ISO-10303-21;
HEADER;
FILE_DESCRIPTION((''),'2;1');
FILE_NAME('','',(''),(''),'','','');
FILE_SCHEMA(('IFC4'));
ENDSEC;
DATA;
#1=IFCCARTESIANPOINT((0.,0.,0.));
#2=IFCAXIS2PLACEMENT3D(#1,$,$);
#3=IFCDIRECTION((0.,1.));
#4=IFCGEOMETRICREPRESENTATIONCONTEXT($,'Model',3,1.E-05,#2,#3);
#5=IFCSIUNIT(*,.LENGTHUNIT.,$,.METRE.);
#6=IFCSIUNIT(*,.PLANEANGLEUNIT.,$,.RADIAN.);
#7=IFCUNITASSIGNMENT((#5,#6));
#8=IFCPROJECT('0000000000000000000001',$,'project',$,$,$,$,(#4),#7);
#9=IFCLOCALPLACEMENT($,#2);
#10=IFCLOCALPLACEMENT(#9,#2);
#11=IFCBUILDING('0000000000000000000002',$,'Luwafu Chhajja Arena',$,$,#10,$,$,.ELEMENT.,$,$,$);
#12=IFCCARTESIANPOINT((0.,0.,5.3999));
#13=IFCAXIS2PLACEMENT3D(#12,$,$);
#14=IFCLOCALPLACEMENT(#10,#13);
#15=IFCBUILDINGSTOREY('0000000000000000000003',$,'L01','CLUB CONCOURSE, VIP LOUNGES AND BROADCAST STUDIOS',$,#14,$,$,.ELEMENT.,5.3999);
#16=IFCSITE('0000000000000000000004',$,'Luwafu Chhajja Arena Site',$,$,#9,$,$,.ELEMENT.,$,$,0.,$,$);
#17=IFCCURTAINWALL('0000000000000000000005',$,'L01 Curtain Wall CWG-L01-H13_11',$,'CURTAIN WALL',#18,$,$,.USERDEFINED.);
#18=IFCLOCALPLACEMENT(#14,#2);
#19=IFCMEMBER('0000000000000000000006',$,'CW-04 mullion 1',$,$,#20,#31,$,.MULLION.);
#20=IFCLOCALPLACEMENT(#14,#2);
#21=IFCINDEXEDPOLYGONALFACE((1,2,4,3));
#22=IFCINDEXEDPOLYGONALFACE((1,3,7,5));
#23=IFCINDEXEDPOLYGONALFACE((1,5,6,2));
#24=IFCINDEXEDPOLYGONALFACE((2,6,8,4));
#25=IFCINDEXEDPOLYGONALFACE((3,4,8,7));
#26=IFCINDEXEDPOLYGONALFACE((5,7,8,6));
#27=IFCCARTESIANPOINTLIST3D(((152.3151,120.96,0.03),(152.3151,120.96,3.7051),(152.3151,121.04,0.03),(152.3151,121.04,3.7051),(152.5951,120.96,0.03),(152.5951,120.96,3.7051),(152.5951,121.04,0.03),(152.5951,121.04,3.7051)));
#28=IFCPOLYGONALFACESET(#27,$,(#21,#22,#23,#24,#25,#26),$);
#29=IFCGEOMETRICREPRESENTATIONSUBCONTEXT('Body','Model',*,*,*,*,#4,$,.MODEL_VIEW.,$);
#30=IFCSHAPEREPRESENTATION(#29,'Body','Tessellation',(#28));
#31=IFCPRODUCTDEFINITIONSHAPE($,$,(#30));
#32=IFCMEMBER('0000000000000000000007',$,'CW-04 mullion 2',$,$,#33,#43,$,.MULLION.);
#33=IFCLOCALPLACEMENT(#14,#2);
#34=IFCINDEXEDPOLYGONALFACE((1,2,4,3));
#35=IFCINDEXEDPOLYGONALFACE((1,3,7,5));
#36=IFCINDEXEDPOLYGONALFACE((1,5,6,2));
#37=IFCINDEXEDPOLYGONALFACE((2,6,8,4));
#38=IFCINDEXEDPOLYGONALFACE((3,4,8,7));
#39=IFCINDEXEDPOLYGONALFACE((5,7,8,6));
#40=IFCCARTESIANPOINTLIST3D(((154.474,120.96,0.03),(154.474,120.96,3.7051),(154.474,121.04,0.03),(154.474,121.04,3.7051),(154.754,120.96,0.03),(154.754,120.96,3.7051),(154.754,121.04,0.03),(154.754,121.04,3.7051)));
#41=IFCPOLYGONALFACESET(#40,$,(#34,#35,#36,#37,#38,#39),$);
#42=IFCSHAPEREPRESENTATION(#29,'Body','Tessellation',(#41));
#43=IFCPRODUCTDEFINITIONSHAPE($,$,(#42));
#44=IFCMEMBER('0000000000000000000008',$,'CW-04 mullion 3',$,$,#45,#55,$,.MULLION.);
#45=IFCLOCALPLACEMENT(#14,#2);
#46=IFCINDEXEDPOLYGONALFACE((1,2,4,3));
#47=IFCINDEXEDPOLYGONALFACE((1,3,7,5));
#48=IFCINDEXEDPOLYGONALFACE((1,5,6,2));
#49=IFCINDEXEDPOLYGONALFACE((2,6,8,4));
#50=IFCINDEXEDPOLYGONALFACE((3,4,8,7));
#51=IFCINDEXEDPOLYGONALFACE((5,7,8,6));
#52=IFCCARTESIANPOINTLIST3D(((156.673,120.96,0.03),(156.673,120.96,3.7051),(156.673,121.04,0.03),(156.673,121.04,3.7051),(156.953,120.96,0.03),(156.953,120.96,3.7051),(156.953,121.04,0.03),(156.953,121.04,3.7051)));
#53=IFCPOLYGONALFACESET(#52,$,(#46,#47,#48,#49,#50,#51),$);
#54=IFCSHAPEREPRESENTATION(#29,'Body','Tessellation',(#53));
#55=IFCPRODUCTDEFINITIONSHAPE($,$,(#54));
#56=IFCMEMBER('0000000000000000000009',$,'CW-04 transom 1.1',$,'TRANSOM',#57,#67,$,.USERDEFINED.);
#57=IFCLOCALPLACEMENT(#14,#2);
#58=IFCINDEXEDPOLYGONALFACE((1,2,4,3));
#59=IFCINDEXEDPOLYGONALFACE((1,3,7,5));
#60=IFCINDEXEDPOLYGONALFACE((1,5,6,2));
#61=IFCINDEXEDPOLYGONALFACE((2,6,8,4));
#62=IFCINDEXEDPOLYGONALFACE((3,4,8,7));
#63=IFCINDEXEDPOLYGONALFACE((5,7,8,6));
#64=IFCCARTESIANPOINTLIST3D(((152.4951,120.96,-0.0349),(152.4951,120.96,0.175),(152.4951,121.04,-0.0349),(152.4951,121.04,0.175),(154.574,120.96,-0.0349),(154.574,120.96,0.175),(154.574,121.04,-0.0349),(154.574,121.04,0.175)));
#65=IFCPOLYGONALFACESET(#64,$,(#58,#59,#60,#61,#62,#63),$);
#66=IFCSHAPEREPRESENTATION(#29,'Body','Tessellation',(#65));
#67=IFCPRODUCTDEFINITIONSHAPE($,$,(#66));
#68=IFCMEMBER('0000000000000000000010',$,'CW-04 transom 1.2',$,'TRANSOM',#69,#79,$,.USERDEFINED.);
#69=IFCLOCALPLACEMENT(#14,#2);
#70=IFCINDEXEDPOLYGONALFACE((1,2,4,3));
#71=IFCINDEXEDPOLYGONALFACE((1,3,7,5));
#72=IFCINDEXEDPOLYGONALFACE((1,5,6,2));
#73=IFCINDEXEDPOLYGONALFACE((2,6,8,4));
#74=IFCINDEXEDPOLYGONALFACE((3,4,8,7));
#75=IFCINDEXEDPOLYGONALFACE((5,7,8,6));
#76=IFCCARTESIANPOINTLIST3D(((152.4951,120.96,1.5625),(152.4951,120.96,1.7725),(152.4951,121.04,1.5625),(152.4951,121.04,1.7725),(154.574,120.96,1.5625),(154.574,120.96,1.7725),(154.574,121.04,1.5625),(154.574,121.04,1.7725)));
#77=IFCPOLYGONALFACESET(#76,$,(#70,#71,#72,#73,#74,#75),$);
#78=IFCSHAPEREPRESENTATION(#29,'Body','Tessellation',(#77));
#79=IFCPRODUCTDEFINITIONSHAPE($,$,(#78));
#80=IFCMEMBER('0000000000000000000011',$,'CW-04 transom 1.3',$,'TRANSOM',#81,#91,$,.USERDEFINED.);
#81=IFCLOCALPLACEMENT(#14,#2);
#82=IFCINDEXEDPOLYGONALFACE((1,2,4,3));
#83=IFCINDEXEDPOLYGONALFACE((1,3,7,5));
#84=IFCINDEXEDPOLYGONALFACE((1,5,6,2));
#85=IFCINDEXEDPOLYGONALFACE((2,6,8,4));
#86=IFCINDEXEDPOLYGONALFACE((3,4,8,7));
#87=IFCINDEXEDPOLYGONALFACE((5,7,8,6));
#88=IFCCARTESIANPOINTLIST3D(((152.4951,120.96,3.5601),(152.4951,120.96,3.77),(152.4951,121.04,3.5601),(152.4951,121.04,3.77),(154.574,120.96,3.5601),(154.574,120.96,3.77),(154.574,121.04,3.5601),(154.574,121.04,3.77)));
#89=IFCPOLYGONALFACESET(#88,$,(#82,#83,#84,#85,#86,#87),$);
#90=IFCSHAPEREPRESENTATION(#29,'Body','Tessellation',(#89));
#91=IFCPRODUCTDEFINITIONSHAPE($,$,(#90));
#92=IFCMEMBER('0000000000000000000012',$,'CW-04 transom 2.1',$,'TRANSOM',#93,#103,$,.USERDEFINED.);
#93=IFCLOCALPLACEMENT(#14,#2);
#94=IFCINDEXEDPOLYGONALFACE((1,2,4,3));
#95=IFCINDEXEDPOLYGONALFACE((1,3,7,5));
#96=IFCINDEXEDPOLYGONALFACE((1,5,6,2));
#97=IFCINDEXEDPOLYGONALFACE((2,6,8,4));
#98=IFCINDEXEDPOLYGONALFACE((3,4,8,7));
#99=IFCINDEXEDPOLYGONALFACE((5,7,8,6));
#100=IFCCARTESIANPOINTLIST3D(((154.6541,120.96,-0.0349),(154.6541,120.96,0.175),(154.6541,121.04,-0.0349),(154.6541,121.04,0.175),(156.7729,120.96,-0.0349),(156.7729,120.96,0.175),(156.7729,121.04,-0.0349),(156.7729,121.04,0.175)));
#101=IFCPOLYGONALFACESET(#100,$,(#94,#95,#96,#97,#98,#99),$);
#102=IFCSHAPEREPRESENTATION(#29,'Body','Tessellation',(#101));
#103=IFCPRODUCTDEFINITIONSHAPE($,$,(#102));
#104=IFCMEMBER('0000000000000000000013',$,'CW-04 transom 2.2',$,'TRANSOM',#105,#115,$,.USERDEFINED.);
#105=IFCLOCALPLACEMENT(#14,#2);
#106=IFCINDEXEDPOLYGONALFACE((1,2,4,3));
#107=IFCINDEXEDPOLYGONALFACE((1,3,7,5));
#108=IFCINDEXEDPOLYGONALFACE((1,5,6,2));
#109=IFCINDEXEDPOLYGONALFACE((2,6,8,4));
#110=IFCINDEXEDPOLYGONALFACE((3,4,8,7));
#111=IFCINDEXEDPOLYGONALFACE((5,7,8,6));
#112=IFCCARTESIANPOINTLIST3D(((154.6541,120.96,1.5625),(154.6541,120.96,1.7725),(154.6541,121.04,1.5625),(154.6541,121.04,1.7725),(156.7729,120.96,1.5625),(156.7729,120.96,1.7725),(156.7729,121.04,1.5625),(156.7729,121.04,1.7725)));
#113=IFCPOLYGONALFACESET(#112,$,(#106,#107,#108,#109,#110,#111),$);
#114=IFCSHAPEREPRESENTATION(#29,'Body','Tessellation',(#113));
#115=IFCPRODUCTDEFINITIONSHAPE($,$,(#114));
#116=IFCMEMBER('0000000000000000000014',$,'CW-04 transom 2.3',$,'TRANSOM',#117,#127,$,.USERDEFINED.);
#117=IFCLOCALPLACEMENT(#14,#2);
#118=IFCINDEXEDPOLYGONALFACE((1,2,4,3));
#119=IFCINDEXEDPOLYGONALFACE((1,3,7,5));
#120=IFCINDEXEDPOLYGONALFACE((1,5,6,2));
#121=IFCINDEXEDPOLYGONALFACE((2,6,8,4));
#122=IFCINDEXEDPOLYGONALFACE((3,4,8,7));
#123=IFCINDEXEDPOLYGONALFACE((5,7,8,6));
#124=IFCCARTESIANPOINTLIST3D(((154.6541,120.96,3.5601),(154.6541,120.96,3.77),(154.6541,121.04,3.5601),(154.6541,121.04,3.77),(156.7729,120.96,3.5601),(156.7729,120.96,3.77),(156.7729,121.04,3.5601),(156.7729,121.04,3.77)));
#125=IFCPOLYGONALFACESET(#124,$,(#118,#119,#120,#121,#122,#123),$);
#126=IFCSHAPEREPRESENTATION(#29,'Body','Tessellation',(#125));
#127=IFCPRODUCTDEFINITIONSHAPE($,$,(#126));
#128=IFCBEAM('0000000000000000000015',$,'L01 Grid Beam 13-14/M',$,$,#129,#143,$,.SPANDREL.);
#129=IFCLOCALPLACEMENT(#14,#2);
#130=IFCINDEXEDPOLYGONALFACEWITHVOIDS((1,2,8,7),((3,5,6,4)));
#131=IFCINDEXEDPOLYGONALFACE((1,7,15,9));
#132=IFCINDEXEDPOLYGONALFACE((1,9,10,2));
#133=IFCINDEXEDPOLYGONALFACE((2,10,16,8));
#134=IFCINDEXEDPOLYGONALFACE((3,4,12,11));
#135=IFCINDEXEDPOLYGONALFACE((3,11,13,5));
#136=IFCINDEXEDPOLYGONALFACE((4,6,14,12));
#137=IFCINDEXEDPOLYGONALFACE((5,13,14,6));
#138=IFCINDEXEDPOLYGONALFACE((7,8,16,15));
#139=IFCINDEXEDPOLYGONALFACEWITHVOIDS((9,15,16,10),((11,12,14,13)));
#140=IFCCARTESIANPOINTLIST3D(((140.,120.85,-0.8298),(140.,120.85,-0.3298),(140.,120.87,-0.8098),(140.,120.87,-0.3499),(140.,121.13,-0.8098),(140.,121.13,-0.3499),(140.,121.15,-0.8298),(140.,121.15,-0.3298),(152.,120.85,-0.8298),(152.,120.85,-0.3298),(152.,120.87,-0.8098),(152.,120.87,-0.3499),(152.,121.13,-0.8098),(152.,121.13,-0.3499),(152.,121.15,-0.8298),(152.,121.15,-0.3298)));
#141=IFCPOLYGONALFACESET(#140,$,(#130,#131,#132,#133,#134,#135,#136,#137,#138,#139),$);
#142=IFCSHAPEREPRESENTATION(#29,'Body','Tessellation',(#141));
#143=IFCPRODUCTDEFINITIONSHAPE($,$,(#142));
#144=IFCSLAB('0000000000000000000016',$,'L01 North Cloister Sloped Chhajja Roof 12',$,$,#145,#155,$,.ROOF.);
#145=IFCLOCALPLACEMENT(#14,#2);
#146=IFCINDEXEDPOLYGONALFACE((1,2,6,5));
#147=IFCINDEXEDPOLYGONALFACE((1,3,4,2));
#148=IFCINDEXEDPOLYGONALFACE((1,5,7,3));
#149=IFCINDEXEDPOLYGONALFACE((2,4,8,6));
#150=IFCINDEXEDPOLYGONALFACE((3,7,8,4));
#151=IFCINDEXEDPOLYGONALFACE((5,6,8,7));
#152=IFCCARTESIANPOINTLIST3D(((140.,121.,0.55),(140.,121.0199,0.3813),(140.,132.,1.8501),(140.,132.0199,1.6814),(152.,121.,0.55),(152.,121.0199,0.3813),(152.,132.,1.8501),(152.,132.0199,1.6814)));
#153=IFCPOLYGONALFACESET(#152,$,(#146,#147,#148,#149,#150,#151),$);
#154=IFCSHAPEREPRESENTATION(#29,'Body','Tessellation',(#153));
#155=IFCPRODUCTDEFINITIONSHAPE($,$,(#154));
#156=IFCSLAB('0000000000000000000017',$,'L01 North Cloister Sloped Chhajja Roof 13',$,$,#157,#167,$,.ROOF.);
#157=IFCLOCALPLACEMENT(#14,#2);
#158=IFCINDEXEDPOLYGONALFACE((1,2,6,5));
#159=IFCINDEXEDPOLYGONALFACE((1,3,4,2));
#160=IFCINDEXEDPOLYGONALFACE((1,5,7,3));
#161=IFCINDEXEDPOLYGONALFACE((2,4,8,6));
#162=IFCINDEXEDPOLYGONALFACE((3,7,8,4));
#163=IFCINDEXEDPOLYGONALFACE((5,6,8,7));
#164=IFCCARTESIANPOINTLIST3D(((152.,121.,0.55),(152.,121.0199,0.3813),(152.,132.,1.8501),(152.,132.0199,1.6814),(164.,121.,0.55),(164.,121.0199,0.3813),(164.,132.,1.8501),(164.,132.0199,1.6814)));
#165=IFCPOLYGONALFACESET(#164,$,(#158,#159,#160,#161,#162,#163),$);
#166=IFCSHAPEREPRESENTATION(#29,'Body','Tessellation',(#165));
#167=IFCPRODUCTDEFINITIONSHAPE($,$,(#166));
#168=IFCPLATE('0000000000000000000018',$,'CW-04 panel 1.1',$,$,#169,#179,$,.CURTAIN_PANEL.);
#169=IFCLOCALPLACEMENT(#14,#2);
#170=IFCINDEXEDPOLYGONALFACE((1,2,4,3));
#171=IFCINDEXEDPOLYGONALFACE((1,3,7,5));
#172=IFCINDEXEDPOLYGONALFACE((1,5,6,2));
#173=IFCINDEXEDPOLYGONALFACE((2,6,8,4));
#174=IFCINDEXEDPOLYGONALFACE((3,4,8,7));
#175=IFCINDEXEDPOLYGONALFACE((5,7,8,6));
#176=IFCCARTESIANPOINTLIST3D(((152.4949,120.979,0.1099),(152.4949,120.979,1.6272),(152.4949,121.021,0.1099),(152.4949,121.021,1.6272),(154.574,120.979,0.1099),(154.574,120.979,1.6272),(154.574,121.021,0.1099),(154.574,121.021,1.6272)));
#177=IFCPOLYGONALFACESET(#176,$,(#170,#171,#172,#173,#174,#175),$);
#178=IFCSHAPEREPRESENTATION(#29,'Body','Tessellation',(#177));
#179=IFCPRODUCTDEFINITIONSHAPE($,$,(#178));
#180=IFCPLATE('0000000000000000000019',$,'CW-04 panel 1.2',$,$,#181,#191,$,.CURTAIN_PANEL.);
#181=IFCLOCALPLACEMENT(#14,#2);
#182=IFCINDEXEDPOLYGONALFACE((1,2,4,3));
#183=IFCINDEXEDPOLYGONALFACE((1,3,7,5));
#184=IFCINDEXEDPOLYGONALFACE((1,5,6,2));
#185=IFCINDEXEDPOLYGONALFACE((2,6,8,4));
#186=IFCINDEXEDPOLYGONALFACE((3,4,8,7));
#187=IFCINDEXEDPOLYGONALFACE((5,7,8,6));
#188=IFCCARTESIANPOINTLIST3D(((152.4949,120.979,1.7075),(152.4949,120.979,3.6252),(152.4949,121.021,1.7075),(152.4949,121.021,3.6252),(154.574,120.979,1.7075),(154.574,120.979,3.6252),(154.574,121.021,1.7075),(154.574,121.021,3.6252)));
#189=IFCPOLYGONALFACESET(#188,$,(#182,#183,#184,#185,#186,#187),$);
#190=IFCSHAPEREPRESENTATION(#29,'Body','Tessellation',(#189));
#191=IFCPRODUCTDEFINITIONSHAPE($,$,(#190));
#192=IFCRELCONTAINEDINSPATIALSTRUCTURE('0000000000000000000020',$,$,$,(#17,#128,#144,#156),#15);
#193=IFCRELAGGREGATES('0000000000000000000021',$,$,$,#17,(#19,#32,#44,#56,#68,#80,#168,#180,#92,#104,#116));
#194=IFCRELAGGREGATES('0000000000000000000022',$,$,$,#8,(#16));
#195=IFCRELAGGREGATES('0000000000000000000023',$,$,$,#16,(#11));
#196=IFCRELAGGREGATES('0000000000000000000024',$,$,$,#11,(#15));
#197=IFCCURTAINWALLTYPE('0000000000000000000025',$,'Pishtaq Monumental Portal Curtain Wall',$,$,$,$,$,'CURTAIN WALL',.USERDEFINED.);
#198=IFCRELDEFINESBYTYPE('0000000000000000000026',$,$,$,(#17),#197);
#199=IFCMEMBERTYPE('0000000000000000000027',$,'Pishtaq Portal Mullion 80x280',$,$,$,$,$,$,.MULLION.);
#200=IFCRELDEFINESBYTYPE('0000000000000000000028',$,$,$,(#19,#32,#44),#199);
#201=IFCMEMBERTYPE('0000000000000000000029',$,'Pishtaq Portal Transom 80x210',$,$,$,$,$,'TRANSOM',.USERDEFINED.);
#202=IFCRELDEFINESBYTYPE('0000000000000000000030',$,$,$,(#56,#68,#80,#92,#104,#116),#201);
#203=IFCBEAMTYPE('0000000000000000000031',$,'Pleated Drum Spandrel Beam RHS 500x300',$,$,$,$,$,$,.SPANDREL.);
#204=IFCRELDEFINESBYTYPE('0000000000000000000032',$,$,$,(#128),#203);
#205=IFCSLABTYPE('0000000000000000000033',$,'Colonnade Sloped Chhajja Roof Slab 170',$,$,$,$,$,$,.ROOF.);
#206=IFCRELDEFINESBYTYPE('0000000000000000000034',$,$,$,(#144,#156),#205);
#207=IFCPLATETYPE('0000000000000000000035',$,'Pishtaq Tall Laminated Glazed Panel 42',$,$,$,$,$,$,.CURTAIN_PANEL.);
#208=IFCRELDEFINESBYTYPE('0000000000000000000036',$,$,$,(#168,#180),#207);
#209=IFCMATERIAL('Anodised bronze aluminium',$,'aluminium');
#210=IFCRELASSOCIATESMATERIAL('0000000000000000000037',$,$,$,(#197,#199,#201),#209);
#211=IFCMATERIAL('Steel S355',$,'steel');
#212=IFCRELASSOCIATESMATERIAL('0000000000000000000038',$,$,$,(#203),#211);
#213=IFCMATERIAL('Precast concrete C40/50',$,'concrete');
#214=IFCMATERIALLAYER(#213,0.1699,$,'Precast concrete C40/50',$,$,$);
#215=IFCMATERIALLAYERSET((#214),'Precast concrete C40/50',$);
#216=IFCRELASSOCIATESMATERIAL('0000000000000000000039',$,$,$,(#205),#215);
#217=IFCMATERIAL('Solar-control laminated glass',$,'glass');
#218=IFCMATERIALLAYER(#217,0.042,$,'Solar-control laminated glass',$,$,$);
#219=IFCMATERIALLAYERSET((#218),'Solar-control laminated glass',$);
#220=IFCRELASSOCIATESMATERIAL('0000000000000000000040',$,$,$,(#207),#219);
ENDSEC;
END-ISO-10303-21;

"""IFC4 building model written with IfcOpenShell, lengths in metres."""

from ifc_helpers import new_model, si_unit, direction, frame, origin, origin_2d, place, context, subcontext, project, spatial, polyline, rectangle, hollow_rectangle, outline, extrude, material, layer, layer_set, material_profile, profile_set, type_object, element, aggregate, save


model = new_model("IFC4")

# Units and contexts
model_context = context("Model", 3, precision=1e-05, world=origin(), true_north=direction((0.0, 1.0)))
body_context = subcontext(model_context, "Body", "Model", "MODEL_VIEW")
ifc_project = project(units=[si_unit("LENGTHUNIT", "METRE"), si_unit("PLANEANGLEUNIT", "RADIAN")], contexts=[model_context])

# Site, building, storey
site_placement = place(None, origin())
site = spatial("IfcSite", under=ifc_project, at=site_placement, Name="Luwafu Chhajja Arena Site", CompositionType="ELEMENT", RefElevation=0.0)
building_placement = place(site_placement, origin())
building = spatial("IfcBuilding", under=site, at=building_placement, Name="Luwafu Chhajja Arena", CompositionType="ELEMENT")
storey_placement = place(building_placement, frame((0.0, 0.0, 5.3999)))
storey = spatial("IfcBuildingStorey", under=building, at=storey_placement, Name="L01", Description="CLUB CONCOURSE, VIP LOUNGES AND BROADCAST STUDIOS", CompositionType="ELEMENT", Elevation=5.3999)

# Shared definitions
ifc_material_1 = material(Name="Steel S355", Category="steel")

# Curtain wall, members
ifc_material_2 = material(Name="Anodised bronze aluminium", Category="aluminium")
curtain_wall_type = type_object("IfcCurtainWallType", Name="Pishtaq Monumental Portal Curtain Wall", ElementType="CURTAIN WALL", PredefinedType="USERDEFINED", material=ifc_material_2)
curtain_wall_placement = place(storey_placement, origin())
curtain_wall = element("IfcCurtainWall", 1, at=curtain_wall_placement, inside=storey, type_object=curtain_wall_type, Name="L01 Curtain Wall CWG-L01-H13_11", ObjectType="CURTAIN WALL", PredefinedType="USERDEFINED")
ifc_material_profile_1 = material_profile(ifc_material_2, rectangle(XDim=0.0801, YDim=0.28, at=origin_2d()), Name="CWM 80x280")
ifc_profile_set_1 = profile_set([ifc_material_profile_1], Name="Anodised bronze aluminium")
member_type_1 = type_object("IfcMemberType", Name="Pishtaq Portal Mullion 80x280", PredefinedType="MULLION", material=ifc_profile_set_1)
member_1_placement = place(storey_placement, frame((152.4551, 121.0, 0.03), z_axis=(0.0, 0.0, 1.0), x_axis=(0.0, 1.0, 0.0)))
member_1 = element("IfcMember", 2, at=member_1_placement, type_object=member_type_1, Name="CW-04 mullion 1", PredefinedType="MULLION", context=body_context, shape_type="SweptSolid", body=[
    extrude(rectangle(XDim=0.0801, YDim=0.28, at=origin_2d()), origin(), (0.0, 0.0, 1.0), 3.675),
])
member_2_placement = place(storey_placement, frame((154.614, 121.0, 0.03), z_axis=(0.0, 0.0, 1.0), x_axis=(0.0, 1.0, 0.0)))
member_2 = element("IfcMember", 3, at=member_2_placement, type_object=member_type_1, Name="CW-04 mullion 2", PredefinedType="MULLION", context=body_context, shape_type="SweptSolid", body=[
    extrude(rectangle(XDim=0.0801, YDim=0.28, at=origin_2d()), origin(), (0.0, 0.0, 1.0), 3.675),
])
member_3_placement = place(storey_placement, frame((156.813, 121.0, 0.03), z_axis=(0.0, 0.0, 1.0), x_axis=(0.0, 1.0, 0.0)))
member_3 = element("IfcMember", 4, at=member_3_placement, type_object=member_type_1, Name="CW-04 mullion 3", PredefinedType="MULLION", context=body_context, shape_type="SweptSolid", body=[
    extrude(rectangle(XDim=0.0801, YDim=0.28, at=origin_2d()), origin(), (0.0, 0.0, 1.0), 3.675),
])
ifc_material_profile_2 = material_profile(ifc_material_2, rectangle(XDim=0.0801, YDim=0.21, at=origin_2d()), Name="CWT 80x210")
ifc_profile_set_2 = profile_set([ifc_material_profile_2], Name="Anodised bronze aluminium")
member_type_2 = type_object("IfcMemberType", Name="Pishtaq Portal Transom 80x210", ElementType="TRANSOM", PredefinedType="USERDEFINED", material=ifc_profile_set_2)
member_4_placement = place(storey_placement, frame((152.4951, 121.0, 0.0701), z_axis=(1.0, 0.0, 0.0), x_axis=(0.0, 1.0, 0.0)))
member_4 = element("IfcMember", 5, at=member_4_placement, type_object=member_type_2, Name="CW-04 transom 1.1", ObjectType="TRANSOM", PredefinedType="USERDEFINED", context=body_context, shape_type="SweptSolid", body=[
    extrude(rectangle(XDim=0.0801, YDim=0.21, at=origin_2d()), origin(), (0.0, 0.0, 1.0), 2.0789),
])
member_5_placement = place(storey_placement, frame((152.4951, 121.0, 1.6675), z_axis=(1.0, 0.0, 0.0), x_axis=(0.0, 1.0, 0.0)))
member_5 = element("IfcMember", 6, at=member_5_placement, type_object=member_type_2, Name="CW-04 transom 1.2", ObjectType="TRANSOM", PredefinedType="USERDEFINED", context=body_context, shape_type="SweptSolid", body=[
    extrude(rectangle(XDim=0.0801, YDim=0.21, at=origin_2d()), origin(), (0.0, 0.0, 1.0), 2.0789),
])
member_6_placement = place(storey_placement, frame((152.4951, 121.0, 3.665), z_axis=(1.0, 0.0, 0.0), x_axis=(0.0, 1.0, 0.0)))
member_6 = element("IfcMember", 7, at=member_6_placement, type_object=member_type_2, Name="CW-04 transom 1.3", ObjectType="TRANSOM", PredefinedType="USERDEFINED", context=body_context, shape_type="SweptSolid", body=[
    extrude(rectangle(XDim=0.0801, YDim=0.21, at=origin_2d()), origin(), (0.0, 0.0, 1.0), 2.0789),
])
member_7_placement = place(storey_placement, frame((154.6541, 121.0, 0.0701), z_axis=(1.0, 0.0, 0.0), x_axis=(0.0, 1.0, 0.0)))
member_7 = element("IfcMember", 8, at=member_7_placement, type_object=member_type_2, Name="CW-04 transom 2.1", ObjectType="TRANSOM", PredefinedType="USERDEFINED", context=body_context, shape_type="SweptSolid", body=[
    extrude(rectangle(XDim=0.0801, YDim=0.21, at=origin_2d()), origin(), (0.0, 0.0, 1.0), 2.1189),
])
member_8_placement = place(storey_placement, frame((154.6541, 121.0, 1.6675), z_axis=(1.0, 0.0, 0.0), x_axis=(0.0, 1.0, 0.0)))
member_8 = element("IfcMember", 9, at=member_8_placement, type_object=member_type_2, Name="CW-04 transom 2.2", ObjectType="TRANSOM", PredefinedType="USERDEFINED", context=body_context, shape_type="SweptSolid", body=[
    extrude(rectangle(XDim=0.0801, YDim=0.21, at=origin_2d()), origin(), (0.0, 0.0, 1.0), 2.1189),
])
member_9_placement = place(storey_placement, frame((154.6541, 121.0, 3.665), z_axis=(1.0, 0.0, 0.0), x_axis=(0.0, 1.0, 0.0)))
member_9 = element("IfcMember", 10, at=member_9_placement, type_object=member_type_2, Name="CW-04 transom 2.3", ObjectType="TRANSOM", PredefinedType="USERDEFINED", context=body_context, shape_type="SweptSolid", body=[
    extrude(rectangle(XDim=0.0801, YDim=0.21, at=origin_2d()), origin(), (0.0, 0.0, 1.0), 2.1189),
])

# Beam
ifc_material_profile_3 = material_profile(ifc_material_1, hollow_rectangle(XDim=0.3, YDim=0.5, WallThickness=0.02, at=origin_2d()), Name="RHS 500x300x20")
ifc_profile_set_3 = profile_set([ifc_material_profile_3], Name="Steel S355")
beam_type_1 = type_object("IfcBeamType", Name="Pleated Drum Spandrel Beam RHS 500x300", PredefinedType="SPANDREL", material=ifc_profile_set_3)
beam_1_placement = place(storey_placement, frame((140.0, 121.0, -0.5798), z_axis=(1.0, 0.0, 0.0), x_axis=(0.0, 1.0, 0.0)))
element("IfcBeam", 11, at=beam_1_placement, inside=storey, type_object=beam_type_1, Name="L01 Grid Beam 13-14/M", PredefinedType="SPANDREL", context=body_context, shape_type="SweptSolid", body=[
    extrude(hollow_rectangle(XDim=0.3, YDim=0.5, WallThickness=0.02, at=origin_2d()), origin(), (0.0, 0.0, 1.0), 12.0),
])

# Slabs
ifc_material_3 = material(Name="Precast concrete C40/50", Category="concrete")
ifc_layer_1 = layer(ifc_material_3, 0.1699, Name="Precast concrete C40/50")
ifc_layer_set_1 = layer_set([ifc_layer_1], Name="Precast concrete C40/50")
slab_type = type_object("IfcSlabType", Name="Colonnade Sloped Chhajja Roof Slab 170", PredefinedType="ROOF", material=ifc_layer_set_1)
for number, where, z_axis, x_axis, name in (
    (12, (140.0, 121.0, 0.55), (0.0, -0.117369, 0.993088), (0.0, 0.993088, 0.117369), "L01 North Cloister Sloped Chhajja Roof 12"),
    (13, (152.0, 121.0, 0.55), (0.0, -0.117369, 0.993088), (0.0, 0.993088, 0.117369), "L01 North Cloister Sloped Chhajja Roof 13"),
):
    element("IfcSlab", number, at=place(storey_placement, frame(where, z_axis=z_axis, x_axis=x_axis)), inside=storey, type_object=slab_type, Name=name, PredefinedType="ROOF", context=body_context, shape_type="SweptSolid", body=[
        extrude(outline(polyline([(0.0, 0.0), (11.0766, 0.0), (11.0766, -12.0), (0.0, -12.0), (0.0, 0.0)])), origin(), (0.0, 0.0, -1.0), 0.1699),
    ])

# Plates
ifc_material_4 = material(Name="Solar-control laminated glass", Category="glass")
ifc_layer_2 = layer(ifc_material_4, 0.042, Name="Solar-control laminated glass")
ifc_layer_set_2 = layer_set([ifc_layer_2], Name="Solar-control laminated glass")
plate_type = type_object("IfcPlateType", Name="Pishtaq Tall Laminated Glazed Panel 42", PredefinedType="CURTAIN_PANEL", material=ifc_layer_set_2)
plate_1_placement = place(storey_placement, frame((153.5344, 121.0, 0.1099), z_axis=(0.0, 0.0, 1.0), x_axis=(1.0, 0.0, 0.0)))
plate_1 = element("IfcPlate", 14, at=plate_1_placement, type_object=plate_type, Name="CW-04 panel 1.1", PredefinedType="CURTAIN_PANEL", context=body_context, shape_type="SweptSolid", body=[
    extrude(rectangle(XDim=2.0791, YDim=0.042, at=origin_2d()), origin(), (0.0, 0.0, 1.0), 1.5173),
])
plate_2_placement = place(storey_placement, frame((153.5344, 121.0, 1.7075), z_axis=(0.0, 0.0, 1.0), x_axis=(1.0, 0.0, 0.0)))
plate_2 = element("IfcPlate", 15, at=plate_2_placement, type_object=plate_type, Name="CW-04 panel 1.2", PredefinedType="CURTAIN_PANEL", context=body_context, shape_type="SweptSolid", body=[
    extrude(rectangle(XDim=2.0791, YDim=0.042, at=origin_2d()), origin(), (0.0, 0.0, 1.0), 1.9177),
])
aggregate(curtain_wall, [member_1, member_2, member_3, member_4, member_5, member_6, plate_1, plate_2, member_7, member_8, member_9])

save(model, "model.ifc")
